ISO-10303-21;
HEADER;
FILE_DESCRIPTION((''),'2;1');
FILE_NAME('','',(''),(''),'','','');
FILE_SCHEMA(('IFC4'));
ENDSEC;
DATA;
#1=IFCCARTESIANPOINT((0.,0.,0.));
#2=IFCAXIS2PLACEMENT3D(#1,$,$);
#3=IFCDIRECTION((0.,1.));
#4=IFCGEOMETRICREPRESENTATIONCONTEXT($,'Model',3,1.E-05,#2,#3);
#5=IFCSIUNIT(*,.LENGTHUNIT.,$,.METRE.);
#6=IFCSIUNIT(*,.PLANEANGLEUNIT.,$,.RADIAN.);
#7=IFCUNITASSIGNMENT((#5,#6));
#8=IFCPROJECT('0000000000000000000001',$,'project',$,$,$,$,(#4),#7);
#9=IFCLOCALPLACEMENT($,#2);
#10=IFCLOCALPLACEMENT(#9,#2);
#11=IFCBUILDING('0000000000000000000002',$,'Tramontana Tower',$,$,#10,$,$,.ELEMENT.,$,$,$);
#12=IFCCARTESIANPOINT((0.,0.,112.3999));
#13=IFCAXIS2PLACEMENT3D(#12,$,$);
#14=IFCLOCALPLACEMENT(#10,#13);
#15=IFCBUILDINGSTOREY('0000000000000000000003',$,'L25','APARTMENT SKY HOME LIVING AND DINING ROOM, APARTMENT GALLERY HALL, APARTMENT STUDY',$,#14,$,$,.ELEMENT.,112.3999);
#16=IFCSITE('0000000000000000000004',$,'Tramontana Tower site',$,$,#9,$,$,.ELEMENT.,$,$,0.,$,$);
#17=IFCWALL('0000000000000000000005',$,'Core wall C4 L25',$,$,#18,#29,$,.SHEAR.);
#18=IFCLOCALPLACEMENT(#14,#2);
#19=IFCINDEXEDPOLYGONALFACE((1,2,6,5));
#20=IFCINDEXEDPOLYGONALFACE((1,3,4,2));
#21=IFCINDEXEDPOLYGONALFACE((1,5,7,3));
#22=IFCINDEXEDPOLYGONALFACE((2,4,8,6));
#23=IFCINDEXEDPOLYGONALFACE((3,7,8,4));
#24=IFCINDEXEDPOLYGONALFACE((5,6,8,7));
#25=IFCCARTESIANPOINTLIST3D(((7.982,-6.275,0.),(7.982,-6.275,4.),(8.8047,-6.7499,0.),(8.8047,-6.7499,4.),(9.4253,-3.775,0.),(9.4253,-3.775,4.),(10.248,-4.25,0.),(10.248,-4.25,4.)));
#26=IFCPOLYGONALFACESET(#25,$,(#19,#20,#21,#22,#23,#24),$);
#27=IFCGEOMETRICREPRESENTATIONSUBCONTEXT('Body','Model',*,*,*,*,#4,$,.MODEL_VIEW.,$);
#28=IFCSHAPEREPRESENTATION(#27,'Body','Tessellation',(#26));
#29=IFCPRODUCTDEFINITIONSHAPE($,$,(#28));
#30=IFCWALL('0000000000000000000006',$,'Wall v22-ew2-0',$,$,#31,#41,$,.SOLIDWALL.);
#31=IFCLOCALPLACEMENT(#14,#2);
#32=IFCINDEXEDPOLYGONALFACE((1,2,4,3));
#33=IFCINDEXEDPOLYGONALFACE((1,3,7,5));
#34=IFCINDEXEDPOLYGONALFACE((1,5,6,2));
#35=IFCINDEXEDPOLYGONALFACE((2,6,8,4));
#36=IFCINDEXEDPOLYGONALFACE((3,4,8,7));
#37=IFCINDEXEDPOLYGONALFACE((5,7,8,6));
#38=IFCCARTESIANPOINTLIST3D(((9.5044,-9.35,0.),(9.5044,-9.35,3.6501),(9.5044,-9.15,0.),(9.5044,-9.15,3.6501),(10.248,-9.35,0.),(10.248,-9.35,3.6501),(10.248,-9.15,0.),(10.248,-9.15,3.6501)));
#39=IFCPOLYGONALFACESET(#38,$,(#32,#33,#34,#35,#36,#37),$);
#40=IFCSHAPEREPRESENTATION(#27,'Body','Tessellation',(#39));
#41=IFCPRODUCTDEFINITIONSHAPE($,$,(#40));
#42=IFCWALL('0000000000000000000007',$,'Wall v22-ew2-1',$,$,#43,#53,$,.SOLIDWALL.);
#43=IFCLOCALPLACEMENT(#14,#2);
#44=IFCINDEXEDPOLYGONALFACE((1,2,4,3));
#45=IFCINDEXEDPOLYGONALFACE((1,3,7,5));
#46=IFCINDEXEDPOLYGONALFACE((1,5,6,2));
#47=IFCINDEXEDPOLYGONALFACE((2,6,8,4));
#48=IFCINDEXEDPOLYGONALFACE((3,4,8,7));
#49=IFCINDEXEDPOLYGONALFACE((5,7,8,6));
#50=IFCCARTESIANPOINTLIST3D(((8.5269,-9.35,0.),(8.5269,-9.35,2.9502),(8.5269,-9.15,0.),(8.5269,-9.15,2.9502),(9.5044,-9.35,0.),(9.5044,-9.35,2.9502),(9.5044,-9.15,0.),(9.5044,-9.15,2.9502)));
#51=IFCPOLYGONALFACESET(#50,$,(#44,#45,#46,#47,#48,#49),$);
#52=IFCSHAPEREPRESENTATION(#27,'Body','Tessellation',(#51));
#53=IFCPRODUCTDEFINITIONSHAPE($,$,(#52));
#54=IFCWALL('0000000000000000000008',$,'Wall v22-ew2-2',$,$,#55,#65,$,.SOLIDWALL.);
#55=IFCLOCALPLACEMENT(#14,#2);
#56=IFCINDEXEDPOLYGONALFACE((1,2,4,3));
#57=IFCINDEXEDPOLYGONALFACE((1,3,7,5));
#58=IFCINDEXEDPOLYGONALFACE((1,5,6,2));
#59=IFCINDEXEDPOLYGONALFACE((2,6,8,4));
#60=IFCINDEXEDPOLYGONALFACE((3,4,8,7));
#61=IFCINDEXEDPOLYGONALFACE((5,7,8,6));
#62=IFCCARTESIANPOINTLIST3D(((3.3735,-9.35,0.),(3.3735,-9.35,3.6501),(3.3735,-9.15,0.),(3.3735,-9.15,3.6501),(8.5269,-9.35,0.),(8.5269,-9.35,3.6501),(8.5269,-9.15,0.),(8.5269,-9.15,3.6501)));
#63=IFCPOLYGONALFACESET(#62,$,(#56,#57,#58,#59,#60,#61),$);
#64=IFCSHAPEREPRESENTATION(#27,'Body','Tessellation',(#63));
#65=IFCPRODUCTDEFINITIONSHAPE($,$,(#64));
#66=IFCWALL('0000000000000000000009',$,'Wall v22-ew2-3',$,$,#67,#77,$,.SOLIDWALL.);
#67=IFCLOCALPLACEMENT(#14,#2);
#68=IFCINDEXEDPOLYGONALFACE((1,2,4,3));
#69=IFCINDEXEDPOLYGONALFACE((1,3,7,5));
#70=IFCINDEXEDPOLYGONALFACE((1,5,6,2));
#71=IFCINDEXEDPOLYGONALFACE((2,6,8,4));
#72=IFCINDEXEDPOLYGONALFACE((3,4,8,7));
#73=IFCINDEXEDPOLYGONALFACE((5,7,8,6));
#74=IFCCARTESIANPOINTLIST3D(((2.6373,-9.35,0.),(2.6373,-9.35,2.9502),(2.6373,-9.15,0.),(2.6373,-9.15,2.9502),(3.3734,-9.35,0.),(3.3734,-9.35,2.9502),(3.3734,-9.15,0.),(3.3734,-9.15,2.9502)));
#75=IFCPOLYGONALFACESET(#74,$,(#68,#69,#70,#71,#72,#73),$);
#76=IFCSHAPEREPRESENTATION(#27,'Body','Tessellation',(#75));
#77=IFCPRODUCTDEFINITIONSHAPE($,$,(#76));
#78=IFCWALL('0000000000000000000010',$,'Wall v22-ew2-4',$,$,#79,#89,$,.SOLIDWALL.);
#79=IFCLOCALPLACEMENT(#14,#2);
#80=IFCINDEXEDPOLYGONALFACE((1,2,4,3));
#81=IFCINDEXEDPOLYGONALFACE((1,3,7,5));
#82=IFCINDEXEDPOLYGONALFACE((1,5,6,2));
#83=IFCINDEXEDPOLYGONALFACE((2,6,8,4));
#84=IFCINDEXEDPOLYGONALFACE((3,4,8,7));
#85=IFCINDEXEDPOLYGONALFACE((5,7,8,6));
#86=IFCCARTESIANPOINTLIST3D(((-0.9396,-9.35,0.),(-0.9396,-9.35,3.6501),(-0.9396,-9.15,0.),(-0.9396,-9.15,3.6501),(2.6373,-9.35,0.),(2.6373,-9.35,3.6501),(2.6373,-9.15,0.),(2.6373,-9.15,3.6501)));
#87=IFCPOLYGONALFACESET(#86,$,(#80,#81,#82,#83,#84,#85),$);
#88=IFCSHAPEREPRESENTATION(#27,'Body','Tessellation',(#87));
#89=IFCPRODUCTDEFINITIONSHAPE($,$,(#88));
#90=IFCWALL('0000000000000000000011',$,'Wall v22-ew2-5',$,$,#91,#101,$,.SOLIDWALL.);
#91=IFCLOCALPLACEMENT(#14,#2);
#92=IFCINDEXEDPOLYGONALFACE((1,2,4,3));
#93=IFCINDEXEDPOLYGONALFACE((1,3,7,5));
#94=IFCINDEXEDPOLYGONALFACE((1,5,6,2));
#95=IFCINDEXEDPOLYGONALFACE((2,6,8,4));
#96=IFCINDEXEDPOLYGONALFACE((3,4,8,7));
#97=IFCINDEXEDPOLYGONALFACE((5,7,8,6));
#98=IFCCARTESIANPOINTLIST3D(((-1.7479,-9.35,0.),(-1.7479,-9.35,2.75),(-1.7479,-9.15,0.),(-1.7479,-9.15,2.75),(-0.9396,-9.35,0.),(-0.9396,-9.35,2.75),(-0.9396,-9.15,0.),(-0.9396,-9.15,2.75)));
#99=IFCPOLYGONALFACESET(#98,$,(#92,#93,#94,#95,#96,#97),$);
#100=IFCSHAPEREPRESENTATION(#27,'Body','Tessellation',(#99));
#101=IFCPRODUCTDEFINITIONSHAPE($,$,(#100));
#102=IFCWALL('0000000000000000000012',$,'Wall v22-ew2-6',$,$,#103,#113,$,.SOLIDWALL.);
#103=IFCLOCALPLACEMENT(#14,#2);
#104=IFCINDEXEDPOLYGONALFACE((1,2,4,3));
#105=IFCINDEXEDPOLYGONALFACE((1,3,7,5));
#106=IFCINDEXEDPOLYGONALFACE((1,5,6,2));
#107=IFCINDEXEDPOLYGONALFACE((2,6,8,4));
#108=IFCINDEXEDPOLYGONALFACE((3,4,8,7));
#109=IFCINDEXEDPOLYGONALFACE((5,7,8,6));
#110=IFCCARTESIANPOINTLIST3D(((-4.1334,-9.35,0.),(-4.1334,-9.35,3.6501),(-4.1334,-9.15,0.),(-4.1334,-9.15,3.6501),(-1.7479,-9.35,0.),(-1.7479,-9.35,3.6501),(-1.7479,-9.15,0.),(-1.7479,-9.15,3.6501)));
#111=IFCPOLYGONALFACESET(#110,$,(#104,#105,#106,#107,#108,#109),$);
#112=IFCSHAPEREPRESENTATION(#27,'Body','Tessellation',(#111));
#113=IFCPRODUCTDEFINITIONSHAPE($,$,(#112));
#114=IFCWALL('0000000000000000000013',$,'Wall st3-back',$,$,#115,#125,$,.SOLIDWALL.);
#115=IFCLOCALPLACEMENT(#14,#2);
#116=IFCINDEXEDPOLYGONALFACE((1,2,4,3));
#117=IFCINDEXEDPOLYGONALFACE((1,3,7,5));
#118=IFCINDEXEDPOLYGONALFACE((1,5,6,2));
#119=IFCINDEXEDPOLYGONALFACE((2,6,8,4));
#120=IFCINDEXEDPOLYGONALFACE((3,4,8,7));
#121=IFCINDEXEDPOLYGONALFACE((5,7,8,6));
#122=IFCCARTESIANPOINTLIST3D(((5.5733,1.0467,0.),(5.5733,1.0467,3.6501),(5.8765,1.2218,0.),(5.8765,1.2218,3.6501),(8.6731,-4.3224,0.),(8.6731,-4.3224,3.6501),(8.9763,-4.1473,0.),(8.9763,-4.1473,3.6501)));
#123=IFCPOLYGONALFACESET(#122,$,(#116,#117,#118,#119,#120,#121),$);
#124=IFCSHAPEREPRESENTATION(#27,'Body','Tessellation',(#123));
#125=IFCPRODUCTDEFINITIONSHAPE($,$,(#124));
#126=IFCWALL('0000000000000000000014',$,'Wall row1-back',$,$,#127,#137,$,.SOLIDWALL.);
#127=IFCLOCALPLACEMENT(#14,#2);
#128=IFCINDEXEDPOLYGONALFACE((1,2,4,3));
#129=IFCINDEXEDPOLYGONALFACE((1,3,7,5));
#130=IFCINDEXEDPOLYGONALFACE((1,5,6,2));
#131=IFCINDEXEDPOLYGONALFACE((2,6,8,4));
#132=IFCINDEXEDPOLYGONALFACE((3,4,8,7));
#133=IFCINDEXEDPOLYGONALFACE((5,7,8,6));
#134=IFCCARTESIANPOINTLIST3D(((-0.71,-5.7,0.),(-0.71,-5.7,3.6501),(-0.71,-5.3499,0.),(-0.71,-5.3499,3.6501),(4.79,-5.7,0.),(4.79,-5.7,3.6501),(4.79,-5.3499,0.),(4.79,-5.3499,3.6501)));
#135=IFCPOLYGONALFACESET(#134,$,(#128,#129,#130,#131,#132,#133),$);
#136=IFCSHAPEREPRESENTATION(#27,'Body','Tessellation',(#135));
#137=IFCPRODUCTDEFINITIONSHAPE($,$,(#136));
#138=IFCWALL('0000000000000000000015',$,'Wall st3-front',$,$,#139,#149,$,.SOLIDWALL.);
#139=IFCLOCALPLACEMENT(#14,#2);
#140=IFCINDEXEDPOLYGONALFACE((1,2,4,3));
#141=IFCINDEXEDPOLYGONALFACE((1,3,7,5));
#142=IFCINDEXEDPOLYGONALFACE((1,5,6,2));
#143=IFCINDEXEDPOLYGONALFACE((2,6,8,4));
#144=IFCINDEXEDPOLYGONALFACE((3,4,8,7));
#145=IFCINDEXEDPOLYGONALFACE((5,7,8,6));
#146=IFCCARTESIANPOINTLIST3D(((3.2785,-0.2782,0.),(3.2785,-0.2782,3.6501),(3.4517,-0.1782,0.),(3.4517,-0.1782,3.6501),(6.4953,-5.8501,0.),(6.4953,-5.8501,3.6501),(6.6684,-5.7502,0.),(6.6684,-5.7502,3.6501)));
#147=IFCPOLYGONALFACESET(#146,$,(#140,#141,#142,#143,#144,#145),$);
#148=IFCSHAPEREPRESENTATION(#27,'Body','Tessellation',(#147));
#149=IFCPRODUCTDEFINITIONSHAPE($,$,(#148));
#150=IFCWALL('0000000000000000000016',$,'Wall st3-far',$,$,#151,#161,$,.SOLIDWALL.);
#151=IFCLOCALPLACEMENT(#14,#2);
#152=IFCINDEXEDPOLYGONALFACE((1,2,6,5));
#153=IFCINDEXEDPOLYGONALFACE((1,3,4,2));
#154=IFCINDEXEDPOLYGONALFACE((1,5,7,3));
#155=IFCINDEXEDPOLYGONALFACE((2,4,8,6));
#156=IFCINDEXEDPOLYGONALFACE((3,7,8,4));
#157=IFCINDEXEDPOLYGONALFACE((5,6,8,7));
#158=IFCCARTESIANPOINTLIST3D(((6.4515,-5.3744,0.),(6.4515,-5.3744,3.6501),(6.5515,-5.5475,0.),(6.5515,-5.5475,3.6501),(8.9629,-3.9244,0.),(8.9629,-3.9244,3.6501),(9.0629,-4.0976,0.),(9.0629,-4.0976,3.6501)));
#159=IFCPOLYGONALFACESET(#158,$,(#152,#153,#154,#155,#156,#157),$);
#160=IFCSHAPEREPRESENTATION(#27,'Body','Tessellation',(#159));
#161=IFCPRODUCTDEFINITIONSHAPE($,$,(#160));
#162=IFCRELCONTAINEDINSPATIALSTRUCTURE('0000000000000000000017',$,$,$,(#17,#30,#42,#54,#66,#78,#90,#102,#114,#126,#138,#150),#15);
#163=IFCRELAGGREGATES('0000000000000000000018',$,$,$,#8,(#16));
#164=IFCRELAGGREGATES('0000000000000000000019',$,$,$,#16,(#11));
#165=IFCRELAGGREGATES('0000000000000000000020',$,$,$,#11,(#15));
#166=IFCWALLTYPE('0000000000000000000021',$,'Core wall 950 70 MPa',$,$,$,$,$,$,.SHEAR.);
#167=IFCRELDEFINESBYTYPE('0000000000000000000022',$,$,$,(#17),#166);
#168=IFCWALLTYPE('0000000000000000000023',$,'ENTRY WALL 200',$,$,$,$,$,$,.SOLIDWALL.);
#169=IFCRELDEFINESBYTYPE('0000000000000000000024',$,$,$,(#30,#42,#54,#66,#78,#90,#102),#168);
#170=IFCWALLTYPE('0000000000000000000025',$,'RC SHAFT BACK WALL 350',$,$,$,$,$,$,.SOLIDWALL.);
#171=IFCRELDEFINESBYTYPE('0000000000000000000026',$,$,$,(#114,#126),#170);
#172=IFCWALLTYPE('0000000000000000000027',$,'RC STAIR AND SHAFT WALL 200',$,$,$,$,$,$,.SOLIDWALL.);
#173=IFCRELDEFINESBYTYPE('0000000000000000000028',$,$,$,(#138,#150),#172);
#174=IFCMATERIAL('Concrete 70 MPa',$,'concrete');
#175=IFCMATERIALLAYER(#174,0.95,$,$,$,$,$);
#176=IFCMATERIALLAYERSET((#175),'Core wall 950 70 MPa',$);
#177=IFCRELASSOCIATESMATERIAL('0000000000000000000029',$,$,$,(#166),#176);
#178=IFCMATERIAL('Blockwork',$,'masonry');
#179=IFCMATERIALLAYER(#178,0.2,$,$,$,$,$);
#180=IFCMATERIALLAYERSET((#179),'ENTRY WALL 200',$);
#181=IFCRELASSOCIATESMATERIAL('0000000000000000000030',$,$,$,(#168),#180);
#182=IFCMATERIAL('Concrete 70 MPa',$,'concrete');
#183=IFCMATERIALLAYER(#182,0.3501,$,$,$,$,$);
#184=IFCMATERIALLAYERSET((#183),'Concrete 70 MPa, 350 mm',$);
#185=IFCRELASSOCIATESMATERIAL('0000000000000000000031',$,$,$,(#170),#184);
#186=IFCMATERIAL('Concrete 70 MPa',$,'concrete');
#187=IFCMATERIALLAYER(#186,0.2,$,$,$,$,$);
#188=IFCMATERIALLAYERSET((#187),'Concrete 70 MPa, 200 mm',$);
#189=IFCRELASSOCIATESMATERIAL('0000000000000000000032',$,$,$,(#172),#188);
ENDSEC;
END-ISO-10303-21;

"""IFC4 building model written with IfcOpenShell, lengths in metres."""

from ifc_helpers import new_model, si_unit, direction, frame, frame_2d, origin, place, context, subcontext, project, spatial, rectangle, extrude, material, layer, layer_set, type_object, element, save


model = new_model("IFC4")

# Units and contexts
model_context = context("Model", 3, precision=1e-05, world=origin(), true_north=direction((0.0, 1.0)))
body_context = subcontext(model_context, "Body", "Model", "MODEL_VIEW")
ifc_project = project(units=[si_unit("LENGTHUNIT", "METRE"), si_unit("PLANEANGLEUNIT", "RADIAN")], contexts=[model_context])

# Site, building, storey
site_placement = place(None, origin())
site = spatial("IfcSite", under=ifc_project, at=site_placement, Name="Tramontana Tower site", CompositionType="ELEMENT", RefElevation=0.0)
building_placement = place(site_placement, origin())
building = spatial("IfcBuilding", under=site, at=building_placement, Name="Tramontana Tower", CompositionType="ELEMENT")
storey_placement = place(building_placement, frame((0.0, 0.0, 112.3999)))
storey = spatial("IfcBuildingStorey", under=building, at=storey_placement, Name="L25", Description="APARTMENT SKY HOME LIVING AND DINING ROOM, APARTMENT GALLERY HALL, APARTMENT STUDY", CompositionType="ELEMENT", Elevation=112.3999)

# Wall
ifc_material_1 = material(Name="Concrete 70 MPa", Category="concrete")
ifc_layer_1 = layer(ifc_material_1, 0.95)
ifc_layer_set_1 = layer_set([ifc_layer_1], Name="Core wall 950 70 MPa")
wall_type_1 = type_object("IfcWallType", Name="Core wall 950 70 MPa", PredefinedType="SHEAR", material=ifc_layer_set_1)
wall_1_placement = place(storey_placement, frame((8.3933, -6.5125, 0.0), z_axis=(0.0, 0.0, 1.0), x_axis=(0.499996, 0.866028, 0.0)))
element("IfcWall", 1, at=wall_1_placement, inside=storey, type_object=wall_type_1, Name="Core wall C4 L25", PredefinedType="SHEAR", context=body_context, shape_type="SweptSolid", body=[
    extrude(rectangle(XDim=2.8867, YDim=0.95, at=frame_2d((1.4434, 0.0))), origin(), (0.0, 0.0, 1.0), 4.0),
])

# Walls
ifc_material_2 = material(Name="Blockwork", Category="masonry")
ifc_layer_2 = layer(ifc_material_2, 0.2)
ifc_layer_set_2 = layer_set([ifc_layer_2], Name="ENTRY WALL 200")
wall_type_2 = type_object("IfcWallType", Name="ENTRY WALL 200", PredefinedType="SOLIDWALL", material=ifc_layer_set_2)
wall_2_placement = place(storey_placement, frame((10.248, -9.25, 0.0), z_axis=(0.0, 0.0, 1.0), x_axis=(-1.0, 0.0, 0.0)))
element("IfcWall", 2, at=wall_2_placement, inside=storey, type_object=wall_type_2, Name="Wall v22-ew2-0", PredefinedType="SOLIDWALL", context=body_context, shape_type="SweptSolid", body=[
    extrude(rectangle(XDim=0.7437, YDim=0.2, at=frame_2d((0.3718, 0.0))), origin(), (0.0, 0.0, 1.0), 3.6501),
])
wall_3_placement = place(storey_placement, frame((9.5044, -9.25, 0.0), z_axis=(0.0, 0.0, 1.0), x_axis=(-1.0, 0.0, 0.0)))
element("IfcWall", 3, at=wall_3_placement, inside=storey, type_object=wall_type_2, Name="Wall v22-ew2-1", PredefinedType="SOLIDWALL", context=body_context, shape_type="SweptSolid", body=[
    extrude(rectangle(XDim=0.9775, YDim=0.2, at=frame_2d((0.4888, 0.0))), origin(), (0.0, 0.0, 1.0), 2.9502),
])
wall_4_placement = place(storey_placement, frame((8.5269, -9.25, 0.0), z_axis=(0.0, 0.0, 1.0), x_axis=(-1.0, 0.0, 0.0)))
element("IfcWall", 4, at=wall_4_placement, inside=storey, type_object=wall_type_2, Name="Wall v22-ew2-2", PredefinedType="SOLIDWALL", context=body_context, shape_type="SweptSolid", body=[
    extrude(rectangle(XDim=5.1533, YDim=0.2, at=frame_2d((2.5767, 0.0))), origin(), (0.0, 0.0, 1.0), 3.6501),
])
wall_5_placement = place(storey_placement, frame((3.3735, -9.25, 0.0), z_axis=(0.0, 0.0, 1.0), x_axis=(-1.0, 0.0, 0.0)))
element("IfcWall", 5, at=wall_5_placement, inside=storey, type_object=wall_type_2, Name="Wall v22-ew2-3", PredefinedType="SOLIDWALL", context=body_context, shape_type="SweptSolid", body=[
    extrude(rectangle(XDim=0.7361, YDim=0.2, at=frame_2d((0.3682, 0.0))), origin(), (0.0, 0.0, 1.0), 2.9502),
])
wall_6_placement = place(storey_placement, frame((2.6375, -9.25, 0.0), z_axis=(0.0, 0.0, 1.0), x_axis=(-1.0, 0.0, 0.0)))
element("IfcWall", 6, at=wall_6_placement, inside=storey, type_object=wall_type_2, Name="Wall v22-ew2-4", PredefinedType="SOLIDWALL", context=body_context, shape_type="SweptSolid", body=[
    extrude(rectangle(XDim=3.5769, YDim=0.2, at=frame_2d((1.7886, 0.0))), origin(), (0.0, 0.0, 1.0), 3.6501),
])
wall_7_placement = place(storey_placement, frame((-0.9395, -9.25, 0.0), z_axis=(0.0, 0.0, 1.0), x_axis=(-1.0, 0.0, 0.0)))
element("IfcWall", 7, at=wall_7_placement, inside=storey, type_object=wall_type_2, Name="Wall v22-ew2-5", PredefinedType="SOLIDWALL", context=body_context, shape_type="SweptSolid", body=[
    extrude(rectangle(XDim=0.8083, YDim=0.2, at=frame_2d((0.4043, 0.0))), origin(), (0.0, 0.0, 1.0), 2.75),
])
wall_8_placement = place(storey_placement, frame((-1.7478, -9.25, 0.0), z_axis=(0.0, 0.0, 1.0), x_axis=(-1.0, 0.0, 0.0)))
element("IfcWall", 8, at=wall_8_placement, inside=storey, type_object=wall_type_2, Name="Wall v22-ew2-6", PredefinedType="SOLIDWALL", context=body_context, shape_type="SweptSolid", body=[
    extrude(rectangle(XDim=2.3855, YDim=0.2, at=frame_2d((1.1929, 0.0))), origin(), (0.0, 0.0, 1.0), 3.6501),
])
ifc_material_3 = material(Name="Concrete 70 MPa", Category="concrete")
ifc_layer_3 = layer(ifc_material_3, 0.3501)
ifc_layer_set_3 = layer_set([ifc_layer_3], Name="Concrete 70 MPa, 350 mm")
wall_type_3 = type_object("IfcWallType", Name="RC SHAFT BACK WALL 350", PredefinedType="SOLIDWALL", material=ifc_layer_set_3)
wall_9_placement = place(storey_placement, frame((8.8247, -4.2349, 0.0), z_axis=(0.0, 0.0, 1.0), x_axis=(-0.499997, 0.866027, 0.0)))
element("IfcWall", 9, at=wall_9_placement, inside=storey, type_object=wall_type_3, Name="Wall st3-back", PredefinedType="SOLIDWALL", context=body_context, shape_type="SweptSolid", body=[
    extrude(rectangle(XDim=6.1997, YDim=0.3501, at=frame_2d((3.0999, 0.0))), origin(), (0.0, 0.0, 1.0), 3.6501),
])
wall_10_placement = place(storey_placement, frame((-0.71, -5.5249, 0.0), z_axis=(0.0, 0.0, 1.0), x_axis=(1.0, 0.0, 0.0)))
element("IfcWall", 10, at=wall_10_placement, inside=storey, type_object=wall_type_3, Name="Wall row1-back", PredefinedType="SOLIDWALL", context=body_context, shape_type="SweptSolid", body=[
    extrude(rectangle(XDim=5.5, YDim=0.3501, at=frame_2d((2.75, 0.0))), origin(), (0.0, 0.0, 1.0), 3.6501),
])

# Shared definitions
ifc_material_4 = material(Name="Concrete 70 MPa", Category="concrete")
ifc_layer_4 = layer(ifc_material_4, 0.2)
ifc_layer_set_4 = layer_set([ifc_layer_4], Name="Concrete 70 MPa, 200 mm")
wall_type_4 = type_object("IfcWallType", Name="RC STAIR AND SHAFT WALL 200", PredefinedType="SOLIDWALL", material=ifc_layer_set_4)

# Walls
wall_11_placement = place(storey_placement, frame((6.5818, -5.8, 0.0), z_axis=(0.0, 0.0, 1.0), x_axis=(-0.499975, 0.86604, 0.0)))
element("IfcWall", 11, at=wall_11_placement, inside=storey, type_object=wall_type_4, Name="Wall st3-front", PredefinedType="SOLIDWALL", context=body_context, shape_type="SweptSolid", body=[
    extrude(rectangle(XDim=6.4338, YDim=0.2, at=frame_2d((3.2168, 0.0))), origin(), (0.0, 0.0, 1.0), 3.6501),
])
wall_12_placement = place(storey_placement, frame((6.5015, -5.4609, 0.0), z_axis=(0.0, 0.0, 1.0), x_axis=(0.866033, 0.499987, 0.0)))
element("IfcWall", 12, at=wall_12_placement, inside=storey, type_object=wall_type_4, Name="Wall st3-far", PredefinedType="SOLIDWALL", context=body_context, shape_type="SweptSolid", body=[
    extrude(rectangle(XDim=2.8999, YDim=0.2, at=frame_2d((1.45, 0.0))), origin(), (0.0, 0.0, 1.0), 3.6501),
])

save(model, "model.ifc")
